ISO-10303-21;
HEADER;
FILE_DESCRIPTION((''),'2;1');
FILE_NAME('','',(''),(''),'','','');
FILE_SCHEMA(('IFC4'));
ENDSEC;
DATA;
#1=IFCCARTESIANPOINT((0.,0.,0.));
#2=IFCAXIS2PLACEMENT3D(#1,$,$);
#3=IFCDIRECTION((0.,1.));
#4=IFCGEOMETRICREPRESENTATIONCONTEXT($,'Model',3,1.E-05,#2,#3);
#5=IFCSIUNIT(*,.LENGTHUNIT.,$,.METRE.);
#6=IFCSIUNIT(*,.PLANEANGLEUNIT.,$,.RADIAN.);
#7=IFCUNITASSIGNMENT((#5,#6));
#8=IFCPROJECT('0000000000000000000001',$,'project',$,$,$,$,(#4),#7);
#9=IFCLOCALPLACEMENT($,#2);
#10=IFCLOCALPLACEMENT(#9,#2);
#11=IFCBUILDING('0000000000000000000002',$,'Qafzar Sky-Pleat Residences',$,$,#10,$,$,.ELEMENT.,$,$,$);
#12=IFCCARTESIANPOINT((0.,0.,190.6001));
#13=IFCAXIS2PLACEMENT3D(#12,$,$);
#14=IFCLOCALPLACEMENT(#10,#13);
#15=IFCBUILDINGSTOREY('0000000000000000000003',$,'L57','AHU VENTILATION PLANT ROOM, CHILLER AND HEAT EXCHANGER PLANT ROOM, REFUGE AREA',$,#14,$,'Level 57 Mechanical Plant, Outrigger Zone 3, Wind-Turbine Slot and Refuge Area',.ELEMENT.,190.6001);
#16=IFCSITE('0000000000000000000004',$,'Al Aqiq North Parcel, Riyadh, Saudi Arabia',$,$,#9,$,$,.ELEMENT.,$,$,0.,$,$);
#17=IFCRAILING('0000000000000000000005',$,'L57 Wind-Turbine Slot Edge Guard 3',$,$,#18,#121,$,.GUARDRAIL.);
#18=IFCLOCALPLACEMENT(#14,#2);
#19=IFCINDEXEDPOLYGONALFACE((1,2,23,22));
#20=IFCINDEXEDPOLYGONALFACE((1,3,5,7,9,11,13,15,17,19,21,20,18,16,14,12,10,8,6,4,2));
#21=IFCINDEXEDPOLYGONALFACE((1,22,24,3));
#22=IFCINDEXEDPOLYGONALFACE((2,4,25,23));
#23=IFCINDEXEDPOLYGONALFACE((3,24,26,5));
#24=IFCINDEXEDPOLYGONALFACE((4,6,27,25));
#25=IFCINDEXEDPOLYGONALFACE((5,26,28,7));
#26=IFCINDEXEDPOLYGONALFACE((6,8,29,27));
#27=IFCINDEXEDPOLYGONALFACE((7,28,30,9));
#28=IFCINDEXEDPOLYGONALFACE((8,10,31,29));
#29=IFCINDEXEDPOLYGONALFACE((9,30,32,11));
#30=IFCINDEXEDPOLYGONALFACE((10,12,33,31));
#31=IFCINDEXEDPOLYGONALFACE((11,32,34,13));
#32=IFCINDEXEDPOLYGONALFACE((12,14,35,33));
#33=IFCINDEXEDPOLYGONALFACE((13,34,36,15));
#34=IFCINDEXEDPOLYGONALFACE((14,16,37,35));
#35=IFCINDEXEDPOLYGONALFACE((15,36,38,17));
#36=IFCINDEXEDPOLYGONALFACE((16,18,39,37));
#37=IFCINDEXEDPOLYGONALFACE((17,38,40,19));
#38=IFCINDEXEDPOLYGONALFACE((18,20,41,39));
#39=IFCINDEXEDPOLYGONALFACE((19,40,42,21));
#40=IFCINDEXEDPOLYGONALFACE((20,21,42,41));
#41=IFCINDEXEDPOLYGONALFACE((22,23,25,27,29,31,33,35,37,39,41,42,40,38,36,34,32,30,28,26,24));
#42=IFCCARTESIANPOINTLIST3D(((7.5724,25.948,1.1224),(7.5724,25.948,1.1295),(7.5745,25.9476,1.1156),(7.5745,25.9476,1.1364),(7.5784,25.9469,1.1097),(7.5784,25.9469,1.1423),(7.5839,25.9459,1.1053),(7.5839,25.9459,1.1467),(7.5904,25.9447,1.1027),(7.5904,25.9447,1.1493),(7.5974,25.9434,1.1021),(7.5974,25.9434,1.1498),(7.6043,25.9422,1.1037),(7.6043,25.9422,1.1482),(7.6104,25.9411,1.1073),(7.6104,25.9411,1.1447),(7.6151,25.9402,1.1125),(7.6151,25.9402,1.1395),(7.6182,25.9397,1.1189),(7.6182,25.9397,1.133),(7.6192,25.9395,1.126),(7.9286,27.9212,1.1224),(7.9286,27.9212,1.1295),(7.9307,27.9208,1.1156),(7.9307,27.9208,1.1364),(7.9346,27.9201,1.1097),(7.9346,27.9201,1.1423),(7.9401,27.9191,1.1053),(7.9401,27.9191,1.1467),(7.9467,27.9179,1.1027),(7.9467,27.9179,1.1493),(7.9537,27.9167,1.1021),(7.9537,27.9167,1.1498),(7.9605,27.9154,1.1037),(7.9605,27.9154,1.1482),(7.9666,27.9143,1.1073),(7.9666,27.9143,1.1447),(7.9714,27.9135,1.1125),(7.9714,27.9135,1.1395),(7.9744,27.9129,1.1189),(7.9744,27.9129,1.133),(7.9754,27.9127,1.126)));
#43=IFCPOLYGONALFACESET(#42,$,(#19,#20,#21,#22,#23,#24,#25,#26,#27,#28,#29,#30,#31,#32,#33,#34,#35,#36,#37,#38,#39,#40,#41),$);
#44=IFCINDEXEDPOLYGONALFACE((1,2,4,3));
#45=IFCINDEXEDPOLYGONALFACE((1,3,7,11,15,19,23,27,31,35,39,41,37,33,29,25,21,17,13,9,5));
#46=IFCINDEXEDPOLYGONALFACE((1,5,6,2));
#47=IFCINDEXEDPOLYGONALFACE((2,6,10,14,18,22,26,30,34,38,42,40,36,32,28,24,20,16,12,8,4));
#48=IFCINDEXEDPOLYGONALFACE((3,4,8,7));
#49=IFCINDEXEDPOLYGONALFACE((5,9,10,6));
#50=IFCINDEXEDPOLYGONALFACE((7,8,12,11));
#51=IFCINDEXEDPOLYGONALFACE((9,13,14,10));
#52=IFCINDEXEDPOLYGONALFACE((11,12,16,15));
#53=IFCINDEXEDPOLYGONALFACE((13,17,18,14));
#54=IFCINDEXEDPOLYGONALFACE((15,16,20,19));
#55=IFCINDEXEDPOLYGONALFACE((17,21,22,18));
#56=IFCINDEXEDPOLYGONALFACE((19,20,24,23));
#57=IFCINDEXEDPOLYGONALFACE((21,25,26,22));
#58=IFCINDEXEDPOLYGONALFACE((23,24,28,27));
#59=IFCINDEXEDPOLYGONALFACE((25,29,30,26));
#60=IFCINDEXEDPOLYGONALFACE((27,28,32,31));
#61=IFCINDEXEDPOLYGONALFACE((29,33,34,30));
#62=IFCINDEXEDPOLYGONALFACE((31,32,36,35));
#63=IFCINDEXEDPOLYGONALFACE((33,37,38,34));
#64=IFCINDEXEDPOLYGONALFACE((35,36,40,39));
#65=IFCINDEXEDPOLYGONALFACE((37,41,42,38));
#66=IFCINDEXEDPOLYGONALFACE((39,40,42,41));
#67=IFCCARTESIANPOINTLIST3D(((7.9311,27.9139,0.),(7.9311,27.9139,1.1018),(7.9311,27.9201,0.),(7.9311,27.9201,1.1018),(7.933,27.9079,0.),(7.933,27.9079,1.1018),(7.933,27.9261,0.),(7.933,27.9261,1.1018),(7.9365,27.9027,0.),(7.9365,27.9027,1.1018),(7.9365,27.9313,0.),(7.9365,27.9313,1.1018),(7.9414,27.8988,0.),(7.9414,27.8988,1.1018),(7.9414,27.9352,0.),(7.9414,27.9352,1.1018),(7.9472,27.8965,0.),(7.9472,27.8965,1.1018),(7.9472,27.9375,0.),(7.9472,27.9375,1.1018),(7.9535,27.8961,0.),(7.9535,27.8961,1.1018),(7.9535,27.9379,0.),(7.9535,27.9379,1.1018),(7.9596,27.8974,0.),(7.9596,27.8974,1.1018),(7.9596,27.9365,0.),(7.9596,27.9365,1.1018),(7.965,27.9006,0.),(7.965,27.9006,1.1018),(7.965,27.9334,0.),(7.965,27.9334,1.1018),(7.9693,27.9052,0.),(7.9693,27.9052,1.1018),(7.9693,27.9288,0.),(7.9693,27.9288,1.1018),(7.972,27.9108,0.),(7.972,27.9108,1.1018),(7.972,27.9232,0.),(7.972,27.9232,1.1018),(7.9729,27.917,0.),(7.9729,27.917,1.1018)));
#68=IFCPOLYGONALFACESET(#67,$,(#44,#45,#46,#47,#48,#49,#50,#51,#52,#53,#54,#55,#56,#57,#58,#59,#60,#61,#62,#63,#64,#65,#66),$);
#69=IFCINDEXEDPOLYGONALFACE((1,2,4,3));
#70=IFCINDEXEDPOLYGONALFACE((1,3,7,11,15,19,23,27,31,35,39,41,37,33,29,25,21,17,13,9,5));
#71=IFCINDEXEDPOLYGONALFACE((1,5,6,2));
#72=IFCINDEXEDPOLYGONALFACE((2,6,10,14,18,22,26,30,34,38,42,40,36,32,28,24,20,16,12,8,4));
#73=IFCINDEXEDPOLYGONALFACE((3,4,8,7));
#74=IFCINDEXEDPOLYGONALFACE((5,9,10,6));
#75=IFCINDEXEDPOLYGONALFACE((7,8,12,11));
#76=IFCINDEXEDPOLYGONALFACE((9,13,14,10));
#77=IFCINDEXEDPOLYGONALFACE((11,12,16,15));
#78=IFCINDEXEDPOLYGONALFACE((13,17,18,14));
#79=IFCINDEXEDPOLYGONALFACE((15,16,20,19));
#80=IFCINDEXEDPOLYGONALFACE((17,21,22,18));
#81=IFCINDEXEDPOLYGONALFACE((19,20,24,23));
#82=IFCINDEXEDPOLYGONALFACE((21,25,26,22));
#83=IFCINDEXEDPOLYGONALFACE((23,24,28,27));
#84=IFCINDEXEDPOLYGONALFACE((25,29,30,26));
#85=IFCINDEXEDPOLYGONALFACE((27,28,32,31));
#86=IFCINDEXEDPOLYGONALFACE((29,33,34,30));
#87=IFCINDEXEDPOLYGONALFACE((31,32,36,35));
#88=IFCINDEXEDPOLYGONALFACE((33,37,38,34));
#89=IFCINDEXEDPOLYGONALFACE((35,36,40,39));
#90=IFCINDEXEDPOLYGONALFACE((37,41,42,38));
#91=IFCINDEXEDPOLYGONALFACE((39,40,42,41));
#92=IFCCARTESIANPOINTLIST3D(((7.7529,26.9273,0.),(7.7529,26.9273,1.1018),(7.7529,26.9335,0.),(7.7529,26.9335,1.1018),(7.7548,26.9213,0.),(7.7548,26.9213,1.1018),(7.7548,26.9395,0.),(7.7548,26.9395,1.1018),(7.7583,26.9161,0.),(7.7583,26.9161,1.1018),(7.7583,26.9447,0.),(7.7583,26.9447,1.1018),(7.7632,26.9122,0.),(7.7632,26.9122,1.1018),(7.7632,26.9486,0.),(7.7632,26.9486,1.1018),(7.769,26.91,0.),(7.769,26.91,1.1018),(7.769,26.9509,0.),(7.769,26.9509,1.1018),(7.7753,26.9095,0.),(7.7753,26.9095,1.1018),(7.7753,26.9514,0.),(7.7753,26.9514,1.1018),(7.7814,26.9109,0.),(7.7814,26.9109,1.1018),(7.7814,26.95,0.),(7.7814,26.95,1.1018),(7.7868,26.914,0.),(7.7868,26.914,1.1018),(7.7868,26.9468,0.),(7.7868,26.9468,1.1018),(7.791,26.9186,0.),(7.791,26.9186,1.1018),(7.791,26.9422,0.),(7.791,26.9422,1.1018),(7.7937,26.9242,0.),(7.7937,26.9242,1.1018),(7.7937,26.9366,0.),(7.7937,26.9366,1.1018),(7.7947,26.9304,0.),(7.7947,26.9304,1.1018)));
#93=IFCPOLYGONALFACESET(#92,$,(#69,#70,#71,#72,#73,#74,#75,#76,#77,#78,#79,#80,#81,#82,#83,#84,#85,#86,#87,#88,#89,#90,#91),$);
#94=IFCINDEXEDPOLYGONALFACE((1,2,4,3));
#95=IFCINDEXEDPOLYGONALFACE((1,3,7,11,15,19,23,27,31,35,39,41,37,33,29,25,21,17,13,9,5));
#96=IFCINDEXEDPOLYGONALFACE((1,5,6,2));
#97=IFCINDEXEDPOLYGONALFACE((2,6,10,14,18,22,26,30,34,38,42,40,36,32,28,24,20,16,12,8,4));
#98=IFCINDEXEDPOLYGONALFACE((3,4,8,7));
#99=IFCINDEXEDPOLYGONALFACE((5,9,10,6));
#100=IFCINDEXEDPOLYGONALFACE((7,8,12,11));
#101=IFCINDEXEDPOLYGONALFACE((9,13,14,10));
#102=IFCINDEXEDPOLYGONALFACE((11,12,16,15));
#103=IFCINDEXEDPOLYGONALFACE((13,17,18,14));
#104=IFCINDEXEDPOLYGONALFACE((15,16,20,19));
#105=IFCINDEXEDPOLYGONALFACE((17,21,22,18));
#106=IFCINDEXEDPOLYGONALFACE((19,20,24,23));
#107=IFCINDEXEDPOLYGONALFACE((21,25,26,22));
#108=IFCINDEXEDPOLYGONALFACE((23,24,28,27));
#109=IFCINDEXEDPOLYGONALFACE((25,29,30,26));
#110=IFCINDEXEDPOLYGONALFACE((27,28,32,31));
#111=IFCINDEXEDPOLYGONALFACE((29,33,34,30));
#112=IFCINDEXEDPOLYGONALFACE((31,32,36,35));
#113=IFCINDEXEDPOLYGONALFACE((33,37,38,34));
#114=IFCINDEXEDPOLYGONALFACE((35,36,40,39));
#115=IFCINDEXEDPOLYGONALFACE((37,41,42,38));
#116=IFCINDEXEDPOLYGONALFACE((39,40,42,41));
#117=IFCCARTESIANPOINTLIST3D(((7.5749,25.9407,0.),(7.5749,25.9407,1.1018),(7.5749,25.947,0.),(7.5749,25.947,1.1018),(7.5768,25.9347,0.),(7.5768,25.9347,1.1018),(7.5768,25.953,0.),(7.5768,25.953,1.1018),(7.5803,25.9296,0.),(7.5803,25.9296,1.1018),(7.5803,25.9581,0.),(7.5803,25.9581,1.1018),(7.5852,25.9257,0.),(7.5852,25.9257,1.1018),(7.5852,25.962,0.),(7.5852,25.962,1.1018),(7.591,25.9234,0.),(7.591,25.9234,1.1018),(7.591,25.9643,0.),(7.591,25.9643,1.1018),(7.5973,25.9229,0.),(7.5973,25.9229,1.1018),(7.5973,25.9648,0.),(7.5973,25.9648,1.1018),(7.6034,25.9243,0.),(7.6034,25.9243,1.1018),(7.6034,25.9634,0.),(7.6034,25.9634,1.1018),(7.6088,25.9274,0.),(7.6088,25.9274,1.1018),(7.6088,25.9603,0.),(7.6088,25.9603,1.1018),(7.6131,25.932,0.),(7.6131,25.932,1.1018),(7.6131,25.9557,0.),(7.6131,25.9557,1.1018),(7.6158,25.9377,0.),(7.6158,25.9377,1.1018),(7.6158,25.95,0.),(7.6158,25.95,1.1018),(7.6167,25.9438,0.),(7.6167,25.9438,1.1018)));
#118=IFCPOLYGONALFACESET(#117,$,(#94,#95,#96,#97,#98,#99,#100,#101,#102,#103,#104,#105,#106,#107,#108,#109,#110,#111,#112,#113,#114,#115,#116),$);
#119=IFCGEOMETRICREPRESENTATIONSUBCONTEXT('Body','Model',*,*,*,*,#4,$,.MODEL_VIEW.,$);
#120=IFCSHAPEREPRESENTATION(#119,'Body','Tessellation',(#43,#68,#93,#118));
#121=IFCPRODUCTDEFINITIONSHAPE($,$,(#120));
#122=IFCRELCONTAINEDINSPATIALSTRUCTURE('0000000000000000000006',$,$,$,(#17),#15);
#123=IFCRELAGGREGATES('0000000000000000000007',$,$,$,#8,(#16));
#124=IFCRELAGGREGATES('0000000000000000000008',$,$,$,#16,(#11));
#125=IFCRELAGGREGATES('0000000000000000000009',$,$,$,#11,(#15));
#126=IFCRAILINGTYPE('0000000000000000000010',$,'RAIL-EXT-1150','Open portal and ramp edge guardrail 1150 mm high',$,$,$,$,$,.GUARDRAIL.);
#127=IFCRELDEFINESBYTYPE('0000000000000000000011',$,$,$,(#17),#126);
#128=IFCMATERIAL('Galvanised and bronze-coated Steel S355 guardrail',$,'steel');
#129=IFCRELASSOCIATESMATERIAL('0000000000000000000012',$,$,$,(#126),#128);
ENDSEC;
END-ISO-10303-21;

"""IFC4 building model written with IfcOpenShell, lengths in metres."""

from ifc_helpers import new_model, si_unit, direction, frame, origin, origin_2d, place, context, subcontext, project, spatial, circle, extrude, source, transform, mapped, material, type_object, element, save


model = new_model("IFC4")

# Units and contexts
model_context = context("Model", 3, precision=1e-05, world=origin(), true_north=direction((0.0, 1.0)))
body_context = subcontext(model_context, "Body", "Model", "MODEL_VIEW")
ifc_project = project(units=[si_unit("LENGTHUNIT", "METRE"), si_unit("PLANEANGLEUNIT", "RADIAN")], contexts=[model_context])

# Site, building, storey
site_placement = place(None, origin())
site = spatial("IfcSite", under=ifc_project, at=site_placement, Name="Al Aqiq North Parcel, Riyadh, Saudi Arabia", CompositionType="ELEMENT", RefElevation=0.0)
building_placement = place(site_placement, origin())
building = spatial("IfcBuilding", under=site, at=building_placement, Name="Qafzar Sky-Pleat Residences", CompositionType="ELEMENT")
storey_placement = place(building_placement, frame((0.0, 0.0, 190.6001)))
storey = spatial("IfcBuildingStorey", under=building, at=storey_placement, Name="L57", Description="AHU VENTILATION PLANT ROOM, CHILLER AND HEAT EXCHANGER PLANT ROOM, REFUGE AREA", LongName="Level 57 Mechanical Plant, Outrigger Zone 3, Wind-Turbine Slot and Refuge Area", CompositionType="ELEMENT", Elevation=190.6001)

# Railing
ifc_material_1 = material(Name="Galvanised and bronze-coated Steel S355 guardrail", Category="steel")
railing_type = type_object("IfcRailingType", Name="RAIL-EXT-1150", Description="Open portal and ramp edge guardrail 1150 mm high", PredefinedType="GUARDRAIL", material=ifc_material_1)
shared_shape_1 = source(origin(), body_context, "Body", "SweptSolid", [
    extrude(circle(Radius=0.0239, at=origin_2d()), frame((0.0, 0.0, 1.126), z_axis=(-0.177653, -0.984093, 0.0), x_axis=(0.984093, -0.177653, 0.0)), (0.0, 0.0, 1.0), 2.0051),
    extrude(circle(Radius=0.021, at=origin_2d()), origin(), (0.0, 0.0, 1.0), 1.1018),
    extrude(circle(Radius=0.021, at=origin_2d()), frame((-0.1782, -0.9866, 0.0)), (0.0, 0.0, 1.0), 1.1018),
    extrude(circle(Radius=0.021, at=origin_2d()), frame((-0.3562, -1.9731, 0.0)), (0.0, 0.0, 1.0), 1.1018),
])
railing_1_placement = place(storey_placement, frame((7.9519, 27.917, 0.0)))
element("IfcRailing", 1, at=railing_1_placement, inside=storey, type_object=railing_type, Name="L57 Wind-Turbine Slot Edge Guard 3", PredefinedType="GUARDRAIL", context=body_context, shape_type="MappedRepresentation", body=[
    mapped(shared_shape_1, transform((0.0, 0.0, 0.0), x_axis=(1.0, 0.0, 0.0), y_axis=(0.0, 1.0, 0.0), z_axis=(0.0, 0.0, 1.0), scale=1.0)),
])

save(model, "model.ifc")
